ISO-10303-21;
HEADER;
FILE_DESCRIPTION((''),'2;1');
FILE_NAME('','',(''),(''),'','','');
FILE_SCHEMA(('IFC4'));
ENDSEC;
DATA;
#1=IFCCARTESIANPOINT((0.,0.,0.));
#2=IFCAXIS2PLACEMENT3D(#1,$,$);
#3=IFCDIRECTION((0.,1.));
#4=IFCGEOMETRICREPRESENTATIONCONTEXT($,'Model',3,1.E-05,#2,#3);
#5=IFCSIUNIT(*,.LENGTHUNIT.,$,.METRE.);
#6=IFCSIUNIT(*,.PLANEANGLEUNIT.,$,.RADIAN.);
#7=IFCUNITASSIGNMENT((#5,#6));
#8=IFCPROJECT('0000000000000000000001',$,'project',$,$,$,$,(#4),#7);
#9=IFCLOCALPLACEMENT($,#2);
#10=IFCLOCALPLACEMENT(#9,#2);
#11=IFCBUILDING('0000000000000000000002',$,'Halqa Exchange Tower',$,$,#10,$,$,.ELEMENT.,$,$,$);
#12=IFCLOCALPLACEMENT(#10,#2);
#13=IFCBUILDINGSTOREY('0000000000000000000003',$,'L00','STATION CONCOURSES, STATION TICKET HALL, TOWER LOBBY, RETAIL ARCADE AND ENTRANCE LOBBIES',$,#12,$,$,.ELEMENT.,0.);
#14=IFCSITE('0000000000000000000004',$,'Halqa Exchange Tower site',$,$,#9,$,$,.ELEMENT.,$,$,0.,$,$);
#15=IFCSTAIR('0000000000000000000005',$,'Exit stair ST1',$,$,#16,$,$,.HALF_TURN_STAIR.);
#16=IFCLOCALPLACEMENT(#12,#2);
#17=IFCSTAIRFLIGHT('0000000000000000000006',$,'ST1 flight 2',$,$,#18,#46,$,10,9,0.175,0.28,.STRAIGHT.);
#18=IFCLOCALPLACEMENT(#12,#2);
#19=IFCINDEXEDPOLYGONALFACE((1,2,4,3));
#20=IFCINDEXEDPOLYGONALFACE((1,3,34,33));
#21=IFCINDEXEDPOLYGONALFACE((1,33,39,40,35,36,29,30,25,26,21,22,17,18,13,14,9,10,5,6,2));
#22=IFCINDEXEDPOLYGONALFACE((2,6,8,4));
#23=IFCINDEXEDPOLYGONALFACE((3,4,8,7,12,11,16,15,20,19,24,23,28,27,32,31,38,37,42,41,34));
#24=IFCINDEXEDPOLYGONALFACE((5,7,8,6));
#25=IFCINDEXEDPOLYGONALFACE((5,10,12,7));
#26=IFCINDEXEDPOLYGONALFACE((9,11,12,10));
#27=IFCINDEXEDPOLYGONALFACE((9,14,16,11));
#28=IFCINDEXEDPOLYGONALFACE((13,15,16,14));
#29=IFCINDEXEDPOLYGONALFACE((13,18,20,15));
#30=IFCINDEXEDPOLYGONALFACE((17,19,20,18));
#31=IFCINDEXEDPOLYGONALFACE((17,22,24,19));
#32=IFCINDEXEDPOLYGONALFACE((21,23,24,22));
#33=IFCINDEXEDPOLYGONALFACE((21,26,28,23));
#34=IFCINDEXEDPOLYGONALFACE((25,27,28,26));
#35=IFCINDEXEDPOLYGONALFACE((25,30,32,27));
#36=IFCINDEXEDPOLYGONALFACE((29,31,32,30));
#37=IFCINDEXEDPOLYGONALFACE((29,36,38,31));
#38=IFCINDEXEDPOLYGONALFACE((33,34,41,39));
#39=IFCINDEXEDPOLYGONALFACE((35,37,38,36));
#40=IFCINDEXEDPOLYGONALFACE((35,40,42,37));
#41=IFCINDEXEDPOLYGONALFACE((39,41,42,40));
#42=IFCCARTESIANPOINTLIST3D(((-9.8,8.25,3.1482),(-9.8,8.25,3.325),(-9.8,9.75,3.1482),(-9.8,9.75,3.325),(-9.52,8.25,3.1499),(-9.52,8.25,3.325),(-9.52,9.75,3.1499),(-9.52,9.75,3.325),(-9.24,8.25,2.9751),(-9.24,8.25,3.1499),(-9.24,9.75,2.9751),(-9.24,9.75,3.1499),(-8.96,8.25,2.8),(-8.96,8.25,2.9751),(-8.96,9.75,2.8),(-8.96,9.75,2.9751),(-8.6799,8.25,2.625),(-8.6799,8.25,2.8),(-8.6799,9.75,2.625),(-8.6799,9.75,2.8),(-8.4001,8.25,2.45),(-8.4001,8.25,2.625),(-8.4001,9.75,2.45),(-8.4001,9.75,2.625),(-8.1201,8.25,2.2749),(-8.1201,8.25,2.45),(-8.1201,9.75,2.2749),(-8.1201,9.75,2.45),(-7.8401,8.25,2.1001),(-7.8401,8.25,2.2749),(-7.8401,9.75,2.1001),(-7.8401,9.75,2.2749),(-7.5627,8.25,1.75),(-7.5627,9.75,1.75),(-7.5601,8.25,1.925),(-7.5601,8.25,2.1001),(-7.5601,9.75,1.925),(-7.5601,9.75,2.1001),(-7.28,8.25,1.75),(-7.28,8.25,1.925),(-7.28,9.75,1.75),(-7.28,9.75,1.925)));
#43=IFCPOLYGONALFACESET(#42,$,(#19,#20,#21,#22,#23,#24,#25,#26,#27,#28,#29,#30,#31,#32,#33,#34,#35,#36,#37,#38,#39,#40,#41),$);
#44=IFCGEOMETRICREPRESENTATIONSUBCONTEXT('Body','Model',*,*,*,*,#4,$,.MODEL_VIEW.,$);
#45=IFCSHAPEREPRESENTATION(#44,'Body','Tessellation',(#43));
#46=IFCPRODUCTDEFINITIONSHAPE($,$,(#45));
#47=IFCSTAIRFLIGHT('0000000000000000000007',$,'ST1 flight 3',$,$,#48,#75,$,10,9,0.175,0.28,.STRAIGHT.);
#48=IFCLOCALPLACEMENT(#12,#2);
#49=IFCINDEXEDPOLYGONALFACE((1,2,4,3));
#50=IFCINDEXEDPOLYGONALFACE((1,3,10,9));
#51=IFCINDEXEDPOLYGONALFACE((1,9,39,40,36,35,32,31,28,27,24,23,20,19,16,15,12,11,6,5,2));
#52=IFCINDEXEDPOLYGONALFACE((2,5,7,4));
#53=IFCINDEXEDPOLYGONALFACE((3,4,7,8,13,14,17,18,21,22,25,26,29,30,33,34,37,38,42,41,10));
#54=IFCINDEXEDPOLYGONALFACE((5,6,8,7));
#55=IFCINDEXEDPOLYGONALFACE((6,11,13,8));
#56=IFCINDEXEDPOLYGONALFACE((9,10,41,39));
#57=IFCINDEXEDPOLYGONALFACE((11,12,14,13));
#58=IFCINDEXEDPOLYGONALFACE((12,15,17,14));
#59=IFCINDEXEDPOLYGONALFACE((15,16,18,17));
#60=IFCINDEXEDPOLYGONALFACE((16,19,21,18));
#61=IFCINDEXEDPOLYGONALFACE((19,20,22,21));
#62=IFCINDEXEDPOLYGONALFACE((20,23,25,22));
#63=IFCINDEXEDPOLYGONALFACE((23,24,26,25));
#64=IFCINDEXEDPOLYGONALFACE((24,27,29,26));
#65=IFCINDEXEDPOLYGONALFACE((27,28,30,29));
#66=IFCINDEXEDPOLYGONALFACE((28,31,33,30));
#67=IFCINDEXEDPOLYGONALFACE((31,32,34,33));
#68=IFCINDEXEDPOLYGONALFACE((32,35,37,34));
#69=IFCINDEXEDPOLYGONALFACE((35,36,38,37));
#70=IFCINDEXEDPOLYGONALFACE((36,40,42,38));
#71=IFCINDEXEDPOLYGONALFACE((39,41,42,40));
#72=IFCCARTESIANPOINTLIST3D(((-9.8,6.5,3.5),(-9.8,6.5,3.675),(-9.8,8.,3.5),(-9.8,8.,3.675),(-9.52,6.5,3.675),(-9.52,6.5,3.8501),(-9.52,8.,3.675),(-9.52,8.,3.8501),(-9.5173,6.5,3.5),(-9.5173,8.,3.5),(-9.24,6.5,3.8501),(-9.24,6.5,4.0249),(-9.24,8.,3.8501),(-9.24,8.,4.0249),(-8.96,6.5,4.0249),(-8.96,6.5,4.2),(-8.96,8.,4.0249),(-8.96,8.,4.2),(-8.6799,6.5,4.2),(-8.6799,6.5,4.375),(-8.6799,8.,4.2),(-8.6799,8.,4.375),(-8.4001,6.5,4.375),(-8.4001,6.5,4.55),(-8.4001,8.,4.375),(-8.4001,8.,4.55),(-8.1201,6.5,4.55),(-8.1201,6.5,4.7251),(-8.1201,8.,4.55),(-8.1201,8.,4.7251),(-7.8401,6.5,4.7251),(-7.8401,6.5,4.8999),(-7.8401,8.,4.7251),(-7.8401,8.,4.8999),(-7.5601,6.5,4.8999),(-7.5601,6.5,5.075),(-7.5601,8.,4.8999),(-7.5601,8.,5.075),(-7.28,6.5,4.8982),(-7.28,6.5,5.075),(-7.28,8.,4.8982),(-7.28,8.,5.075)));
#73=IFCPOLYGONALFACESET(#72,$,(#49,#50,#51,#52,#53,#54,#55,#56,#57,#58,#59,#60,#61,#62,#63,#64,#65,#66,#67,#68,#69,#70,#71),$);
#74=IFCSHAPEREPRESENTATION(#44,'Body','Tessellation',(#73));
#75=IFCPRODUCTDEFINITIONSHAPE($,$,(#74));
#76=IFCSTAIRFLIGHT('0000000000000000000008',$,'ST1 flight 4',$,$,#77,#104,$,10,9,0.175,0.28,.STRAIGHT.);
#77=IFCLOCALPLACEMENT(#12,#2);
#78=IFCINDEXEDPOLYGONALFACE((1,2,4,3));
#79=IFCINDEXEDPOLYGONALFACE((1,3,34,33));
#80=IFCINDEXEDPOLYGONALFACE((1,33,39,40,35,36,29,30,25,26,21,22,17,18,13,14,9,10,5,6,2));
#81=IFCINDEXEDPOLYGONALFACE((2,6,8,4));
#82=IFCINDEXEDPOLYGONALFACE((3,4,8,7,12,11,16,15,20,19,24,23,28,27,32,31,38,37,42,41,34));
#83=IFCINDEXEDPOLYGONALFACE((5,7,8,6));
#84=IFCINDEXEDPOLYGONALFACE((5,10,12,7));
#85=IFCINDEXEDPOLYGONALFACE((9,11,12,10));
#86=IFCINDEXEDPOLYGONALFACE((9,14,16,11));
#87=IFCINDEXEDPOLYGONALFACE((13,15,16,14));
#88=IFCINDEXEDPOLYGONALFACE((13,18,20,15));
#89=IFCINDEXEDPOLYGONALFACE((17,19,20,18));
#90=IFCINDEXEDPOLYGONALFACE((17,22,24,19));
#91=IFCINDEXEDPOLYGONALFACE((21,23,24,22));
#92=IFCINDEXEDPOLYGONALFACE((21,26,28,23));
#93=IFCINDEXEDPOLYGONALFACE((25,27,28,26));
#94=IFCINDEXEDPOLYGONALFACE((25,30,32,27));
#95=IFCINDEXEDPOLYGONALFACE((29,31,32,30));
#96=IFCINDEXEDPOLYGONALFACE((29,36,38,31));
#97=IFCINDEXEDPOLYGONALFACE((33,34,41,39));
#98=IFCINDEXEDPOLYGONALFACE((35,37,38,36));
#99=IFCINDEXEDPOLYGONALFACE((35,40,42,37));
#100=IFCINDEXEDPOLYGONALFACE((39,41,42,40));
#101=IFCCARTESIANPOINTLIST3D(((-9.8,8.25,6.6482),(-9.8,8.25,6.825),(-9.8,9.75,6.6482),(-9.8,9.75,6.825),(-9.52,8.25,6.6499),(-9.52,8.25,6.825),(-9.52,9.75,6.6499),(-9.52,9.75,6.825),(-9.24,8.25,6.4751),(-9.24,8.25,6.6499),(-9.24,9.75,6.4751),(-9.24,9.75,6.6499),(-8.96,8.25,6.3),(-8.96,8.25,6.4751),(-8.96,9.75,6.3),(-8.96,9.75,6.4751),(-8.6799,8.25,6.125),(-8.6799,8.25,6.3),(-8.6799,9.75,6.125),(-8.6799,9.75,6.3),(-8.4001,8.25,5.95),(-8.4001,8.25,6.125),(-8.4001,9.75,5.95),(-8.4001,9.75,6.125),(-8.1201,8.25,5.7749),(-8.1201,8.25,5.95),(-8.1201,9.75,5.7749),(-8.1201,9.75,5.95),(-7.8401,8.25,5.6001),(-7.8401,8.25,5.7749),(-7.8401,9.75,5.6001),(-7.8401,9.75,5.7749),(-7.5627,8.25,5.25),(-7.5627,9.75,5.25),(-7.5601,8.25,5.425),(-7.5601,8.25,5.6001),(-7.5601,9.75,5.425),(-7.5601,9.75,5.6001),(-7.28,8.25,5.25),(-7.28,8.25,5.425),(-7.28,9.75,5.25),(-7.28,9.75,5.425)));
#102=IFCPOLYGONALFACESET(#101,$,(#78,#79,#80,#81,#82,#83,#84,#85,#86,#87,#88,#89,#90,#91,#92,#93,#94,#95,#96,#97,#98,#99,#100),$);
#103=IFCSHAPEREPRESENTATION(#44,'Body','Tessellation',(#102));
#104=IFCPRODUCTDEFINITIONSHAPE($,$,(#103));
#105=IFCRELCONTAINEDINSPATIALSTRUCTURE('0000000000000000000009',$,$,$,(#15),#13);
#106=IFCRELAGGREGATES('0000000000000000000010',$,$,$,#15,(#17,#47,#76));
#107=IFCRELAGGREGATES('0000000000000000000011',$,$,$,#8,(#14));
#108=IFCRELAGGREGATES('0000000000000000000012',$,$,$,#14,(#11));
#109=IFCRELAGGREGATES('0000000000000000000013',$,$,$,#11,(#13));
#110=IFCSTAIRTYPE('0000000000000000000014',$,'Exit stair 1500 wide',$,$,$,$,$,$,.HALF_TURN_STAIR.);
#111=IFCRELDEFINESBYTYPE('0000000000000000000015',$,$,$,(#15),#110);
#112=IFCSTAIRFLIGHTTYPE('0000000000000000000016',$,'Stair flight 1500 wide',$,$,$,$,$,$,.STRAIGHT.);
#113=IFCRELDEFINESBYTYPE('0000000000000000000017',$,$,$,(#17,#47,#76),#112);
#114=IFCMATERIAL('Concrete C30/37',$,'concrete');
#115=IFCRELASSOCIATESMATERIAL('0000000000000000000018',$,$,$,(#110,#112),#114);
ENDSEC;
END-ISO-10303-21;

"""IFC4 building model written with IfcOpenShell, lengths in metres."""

from ifc_helpers import new_model, si_unit, direction, frame, origin, place, context, subcontext, project, spatial, polyline, outline, extrude, material, type_object, element, aggregate, save


model = new_model("IFC4")

# Units and contexts
model_context = context("Model", 3, precision=1e-05, world=origin(), true_north=direction((0.0, 1.0)))
body_context = subcontext(model_context, "Body", "Model", "MODEL_VIEW")
ifc_project = project(units=[si_unit("LENGTHUNIT", "METRE"), si_unit("PLANEANGLEUNIT", "RADIAN")], contexts=[model_context])

# Site, building, storey
site_placement = place(None, origin())
site = spatial("IfcSite", under=ifc_project, at=site_placement, Name="Halqa Exchange Tower site", CompositionType="ELEMENT", RefElevation=0.0)
building_placement = place(site_placement, origin())
building = spatial("IfcBuilding", under=site, at=building_placement, Name="Halqa Exchange Tower", CompositionType="ELEMENT")
storey_placement = place(building_placement, origin())
storey = spatial("IfcBuildingStorey", under=building, at=storey_placement, Name="L00", Description="STATION CONCOURSES, STATION TICKET HALL, TOWER LOBBY, RETAIL ARCADE AND ENTRANCE LOBBIES", CompositionType="ELEMENT", Elevation=0.0)

# Shared definitions
ifc_material_1 = material(Name="Concrete C30/37", Category="concrete")

# Stair, stair flights
stair_type = type_object("IfcStairType", Name="Exit stair 1500 wide", PredefinedType="HALF_TURN_STAIR", material=ifc_material_1)
stair_placement = place(storey_placement, origin())
stair = element("IfcStair", 1, at=stair_placement, inside=storey, type_object=stair_type, Name="Exit stair ST1", PredefinedType="HALF_TURN_STAIR")
stair_flight_type = type_object("IfcStairFlightType", Name="Stair flight 1500 wide", PredefinedType="STRAIGHT", material=ifc_material_1)
stair_flight_1_placement = place(storey_placement, frame((-7.28, 9.0, 1.75), z_axis=(0.0, 0.0, 1.0), x_axis=(-1.0, 0.0, 0.0)))
stair_flight_1 = element("IfcStairFlight", 2, at=stair_flight_1_placement, type_object=stair_flight_type, Name="ST1 flight 2", NumberOfRisers=10, NumberOfTreads=9, PredefinedType="STRAIGHT", RiserHeight=0.175, TreadLength=0.28, context=body_context, shape_type="SweptSolid", body=[
    extrude(outline(polyline([(0.0, 0.0), (0.0, 0.175), (0.28, 0.175), (0.28, 0.3501), (0.5601, 0.3501), (0.5601, 0.5249), (0.8401, 0.5249), (0.8401, 0.7), (1.1201, 0.7), (1.1201, 0.875), (1.3999, 0.875), (1.3999, 1.05), (1.6799, 1.05), (1.6799, 1.2251), (1.96, 1.2251), (1.96, 1.3999), (2.24, 1.3999), (2.24, 1.575), (2.52, 1.575), (2.52, 1.75), (2.52, 1.3982), (0.2827, 0.0), (0.0, 0.0)])), frame((0.0, 0.75, 0.0), z_axis=(0.0, -1.0, 0.0), x_axis=(1.0, 0.0, 0.0)), (0.0, 0.0, 1.0), 1.5),
])
stair_flight_2_placement = place(storey_placement, frame((-9.8, 7.25, 3.5), z_axis=(0.0, 0.0, 1.0), x_axis=(1.0, 0.0, 0.0)))
stair_flight_2 = element("IfcStairFlight", 3, at=stair_flight_2_placement, type_object=stair_flight_type, Name="ST1 flight 3", NumberOfRisers=10, NumberOfTreads=9, PredefinedType="STRAIGHT", RiserHeight=0.175, TreadLength=0.28, context=body_context, shape_type="SweptSolid", body=[
    extrude(outline(polyline([(0.0, 0.0), (0.0, 0.175), (0.28, 0.175), (0.28, 0.3501), (0.5601, 0.3501), (0.5601, 0.5249), (0.8401, 0.5249), (0.8401, 0.7), (1.1201, 0.7), (1.1201, 0.875), (1.3999, 0.875), (1.3999, 1.05), (1.6799, 1.05), (1.6799, 1.2251), (1.96, 1.2251), (1.96, 1.3999), (2.24, 1.3999), (2.24, 1.575), (2.52, 1.575), (2.52, 1.75), (2.52, 1.3982), (0.2827, 0.0), (0.0, 0.0)])), frame((0.0, 0.75, 0.0), z_axis=(0.0, -1.0, 0.0), x_axis=(1.0, 0.0, 0.0)), (0.0, 0.0, 1.0), 1.5),
])
stair_flight_3_placement = place(storey_placement, frame((-7.28, 9.0, 5.25), z_axis=(0.0, 0.0, 1.0), x_axis=(-1.0, 0.0, 0.0)))
stair_flight_3 = element("IfcStairFlight", 4, at=stair_flight_3_placement, type_object=stair_flight_type, Name="ST1 flight 4", NumberOfRisers=10, NumberOfTreads=9, PredefinedType="STRAIGHT", RiserHeight=0.175, TreadLength=0.28, context=body_context, shape_type="SweptSolid", body=[
    extrude(outline(polyline([(0.0, 0.0), (0.0, 0.175), (0.28, 0.175), (0.28, 0.3501), (0.5601, 0.3501), (0.5601, 0.5249), (0.8401, 0.5249), (0.8401, 0.7), (1.1201, 0.7), (1.1201, 0.875), (1.3999, 0.875), (1.3999, 1.05), (1.6799, 1.05), (1.6799, 1.2251), (1.96, 1.2251), (1.96, 1.3999), (2.24, 1.3999), (2.24, 1.575), (2.52, 1.575), (2.52, 1.75), (2.52, 1.3982), (0.2827, 0.0), (0.0, 0.0)])), frame((0.0, 0.75, 0.0), z_axis=(0.0, -1.0, 0.0), x_axis=(1.0, 0.0, 0.0)), (0.0, 0.0, 1.0), 1.5),
])
aggregate(stair, [stair_flight_1, stair_flight_2, stair_flight_3])

save(model, "model.ifc")
